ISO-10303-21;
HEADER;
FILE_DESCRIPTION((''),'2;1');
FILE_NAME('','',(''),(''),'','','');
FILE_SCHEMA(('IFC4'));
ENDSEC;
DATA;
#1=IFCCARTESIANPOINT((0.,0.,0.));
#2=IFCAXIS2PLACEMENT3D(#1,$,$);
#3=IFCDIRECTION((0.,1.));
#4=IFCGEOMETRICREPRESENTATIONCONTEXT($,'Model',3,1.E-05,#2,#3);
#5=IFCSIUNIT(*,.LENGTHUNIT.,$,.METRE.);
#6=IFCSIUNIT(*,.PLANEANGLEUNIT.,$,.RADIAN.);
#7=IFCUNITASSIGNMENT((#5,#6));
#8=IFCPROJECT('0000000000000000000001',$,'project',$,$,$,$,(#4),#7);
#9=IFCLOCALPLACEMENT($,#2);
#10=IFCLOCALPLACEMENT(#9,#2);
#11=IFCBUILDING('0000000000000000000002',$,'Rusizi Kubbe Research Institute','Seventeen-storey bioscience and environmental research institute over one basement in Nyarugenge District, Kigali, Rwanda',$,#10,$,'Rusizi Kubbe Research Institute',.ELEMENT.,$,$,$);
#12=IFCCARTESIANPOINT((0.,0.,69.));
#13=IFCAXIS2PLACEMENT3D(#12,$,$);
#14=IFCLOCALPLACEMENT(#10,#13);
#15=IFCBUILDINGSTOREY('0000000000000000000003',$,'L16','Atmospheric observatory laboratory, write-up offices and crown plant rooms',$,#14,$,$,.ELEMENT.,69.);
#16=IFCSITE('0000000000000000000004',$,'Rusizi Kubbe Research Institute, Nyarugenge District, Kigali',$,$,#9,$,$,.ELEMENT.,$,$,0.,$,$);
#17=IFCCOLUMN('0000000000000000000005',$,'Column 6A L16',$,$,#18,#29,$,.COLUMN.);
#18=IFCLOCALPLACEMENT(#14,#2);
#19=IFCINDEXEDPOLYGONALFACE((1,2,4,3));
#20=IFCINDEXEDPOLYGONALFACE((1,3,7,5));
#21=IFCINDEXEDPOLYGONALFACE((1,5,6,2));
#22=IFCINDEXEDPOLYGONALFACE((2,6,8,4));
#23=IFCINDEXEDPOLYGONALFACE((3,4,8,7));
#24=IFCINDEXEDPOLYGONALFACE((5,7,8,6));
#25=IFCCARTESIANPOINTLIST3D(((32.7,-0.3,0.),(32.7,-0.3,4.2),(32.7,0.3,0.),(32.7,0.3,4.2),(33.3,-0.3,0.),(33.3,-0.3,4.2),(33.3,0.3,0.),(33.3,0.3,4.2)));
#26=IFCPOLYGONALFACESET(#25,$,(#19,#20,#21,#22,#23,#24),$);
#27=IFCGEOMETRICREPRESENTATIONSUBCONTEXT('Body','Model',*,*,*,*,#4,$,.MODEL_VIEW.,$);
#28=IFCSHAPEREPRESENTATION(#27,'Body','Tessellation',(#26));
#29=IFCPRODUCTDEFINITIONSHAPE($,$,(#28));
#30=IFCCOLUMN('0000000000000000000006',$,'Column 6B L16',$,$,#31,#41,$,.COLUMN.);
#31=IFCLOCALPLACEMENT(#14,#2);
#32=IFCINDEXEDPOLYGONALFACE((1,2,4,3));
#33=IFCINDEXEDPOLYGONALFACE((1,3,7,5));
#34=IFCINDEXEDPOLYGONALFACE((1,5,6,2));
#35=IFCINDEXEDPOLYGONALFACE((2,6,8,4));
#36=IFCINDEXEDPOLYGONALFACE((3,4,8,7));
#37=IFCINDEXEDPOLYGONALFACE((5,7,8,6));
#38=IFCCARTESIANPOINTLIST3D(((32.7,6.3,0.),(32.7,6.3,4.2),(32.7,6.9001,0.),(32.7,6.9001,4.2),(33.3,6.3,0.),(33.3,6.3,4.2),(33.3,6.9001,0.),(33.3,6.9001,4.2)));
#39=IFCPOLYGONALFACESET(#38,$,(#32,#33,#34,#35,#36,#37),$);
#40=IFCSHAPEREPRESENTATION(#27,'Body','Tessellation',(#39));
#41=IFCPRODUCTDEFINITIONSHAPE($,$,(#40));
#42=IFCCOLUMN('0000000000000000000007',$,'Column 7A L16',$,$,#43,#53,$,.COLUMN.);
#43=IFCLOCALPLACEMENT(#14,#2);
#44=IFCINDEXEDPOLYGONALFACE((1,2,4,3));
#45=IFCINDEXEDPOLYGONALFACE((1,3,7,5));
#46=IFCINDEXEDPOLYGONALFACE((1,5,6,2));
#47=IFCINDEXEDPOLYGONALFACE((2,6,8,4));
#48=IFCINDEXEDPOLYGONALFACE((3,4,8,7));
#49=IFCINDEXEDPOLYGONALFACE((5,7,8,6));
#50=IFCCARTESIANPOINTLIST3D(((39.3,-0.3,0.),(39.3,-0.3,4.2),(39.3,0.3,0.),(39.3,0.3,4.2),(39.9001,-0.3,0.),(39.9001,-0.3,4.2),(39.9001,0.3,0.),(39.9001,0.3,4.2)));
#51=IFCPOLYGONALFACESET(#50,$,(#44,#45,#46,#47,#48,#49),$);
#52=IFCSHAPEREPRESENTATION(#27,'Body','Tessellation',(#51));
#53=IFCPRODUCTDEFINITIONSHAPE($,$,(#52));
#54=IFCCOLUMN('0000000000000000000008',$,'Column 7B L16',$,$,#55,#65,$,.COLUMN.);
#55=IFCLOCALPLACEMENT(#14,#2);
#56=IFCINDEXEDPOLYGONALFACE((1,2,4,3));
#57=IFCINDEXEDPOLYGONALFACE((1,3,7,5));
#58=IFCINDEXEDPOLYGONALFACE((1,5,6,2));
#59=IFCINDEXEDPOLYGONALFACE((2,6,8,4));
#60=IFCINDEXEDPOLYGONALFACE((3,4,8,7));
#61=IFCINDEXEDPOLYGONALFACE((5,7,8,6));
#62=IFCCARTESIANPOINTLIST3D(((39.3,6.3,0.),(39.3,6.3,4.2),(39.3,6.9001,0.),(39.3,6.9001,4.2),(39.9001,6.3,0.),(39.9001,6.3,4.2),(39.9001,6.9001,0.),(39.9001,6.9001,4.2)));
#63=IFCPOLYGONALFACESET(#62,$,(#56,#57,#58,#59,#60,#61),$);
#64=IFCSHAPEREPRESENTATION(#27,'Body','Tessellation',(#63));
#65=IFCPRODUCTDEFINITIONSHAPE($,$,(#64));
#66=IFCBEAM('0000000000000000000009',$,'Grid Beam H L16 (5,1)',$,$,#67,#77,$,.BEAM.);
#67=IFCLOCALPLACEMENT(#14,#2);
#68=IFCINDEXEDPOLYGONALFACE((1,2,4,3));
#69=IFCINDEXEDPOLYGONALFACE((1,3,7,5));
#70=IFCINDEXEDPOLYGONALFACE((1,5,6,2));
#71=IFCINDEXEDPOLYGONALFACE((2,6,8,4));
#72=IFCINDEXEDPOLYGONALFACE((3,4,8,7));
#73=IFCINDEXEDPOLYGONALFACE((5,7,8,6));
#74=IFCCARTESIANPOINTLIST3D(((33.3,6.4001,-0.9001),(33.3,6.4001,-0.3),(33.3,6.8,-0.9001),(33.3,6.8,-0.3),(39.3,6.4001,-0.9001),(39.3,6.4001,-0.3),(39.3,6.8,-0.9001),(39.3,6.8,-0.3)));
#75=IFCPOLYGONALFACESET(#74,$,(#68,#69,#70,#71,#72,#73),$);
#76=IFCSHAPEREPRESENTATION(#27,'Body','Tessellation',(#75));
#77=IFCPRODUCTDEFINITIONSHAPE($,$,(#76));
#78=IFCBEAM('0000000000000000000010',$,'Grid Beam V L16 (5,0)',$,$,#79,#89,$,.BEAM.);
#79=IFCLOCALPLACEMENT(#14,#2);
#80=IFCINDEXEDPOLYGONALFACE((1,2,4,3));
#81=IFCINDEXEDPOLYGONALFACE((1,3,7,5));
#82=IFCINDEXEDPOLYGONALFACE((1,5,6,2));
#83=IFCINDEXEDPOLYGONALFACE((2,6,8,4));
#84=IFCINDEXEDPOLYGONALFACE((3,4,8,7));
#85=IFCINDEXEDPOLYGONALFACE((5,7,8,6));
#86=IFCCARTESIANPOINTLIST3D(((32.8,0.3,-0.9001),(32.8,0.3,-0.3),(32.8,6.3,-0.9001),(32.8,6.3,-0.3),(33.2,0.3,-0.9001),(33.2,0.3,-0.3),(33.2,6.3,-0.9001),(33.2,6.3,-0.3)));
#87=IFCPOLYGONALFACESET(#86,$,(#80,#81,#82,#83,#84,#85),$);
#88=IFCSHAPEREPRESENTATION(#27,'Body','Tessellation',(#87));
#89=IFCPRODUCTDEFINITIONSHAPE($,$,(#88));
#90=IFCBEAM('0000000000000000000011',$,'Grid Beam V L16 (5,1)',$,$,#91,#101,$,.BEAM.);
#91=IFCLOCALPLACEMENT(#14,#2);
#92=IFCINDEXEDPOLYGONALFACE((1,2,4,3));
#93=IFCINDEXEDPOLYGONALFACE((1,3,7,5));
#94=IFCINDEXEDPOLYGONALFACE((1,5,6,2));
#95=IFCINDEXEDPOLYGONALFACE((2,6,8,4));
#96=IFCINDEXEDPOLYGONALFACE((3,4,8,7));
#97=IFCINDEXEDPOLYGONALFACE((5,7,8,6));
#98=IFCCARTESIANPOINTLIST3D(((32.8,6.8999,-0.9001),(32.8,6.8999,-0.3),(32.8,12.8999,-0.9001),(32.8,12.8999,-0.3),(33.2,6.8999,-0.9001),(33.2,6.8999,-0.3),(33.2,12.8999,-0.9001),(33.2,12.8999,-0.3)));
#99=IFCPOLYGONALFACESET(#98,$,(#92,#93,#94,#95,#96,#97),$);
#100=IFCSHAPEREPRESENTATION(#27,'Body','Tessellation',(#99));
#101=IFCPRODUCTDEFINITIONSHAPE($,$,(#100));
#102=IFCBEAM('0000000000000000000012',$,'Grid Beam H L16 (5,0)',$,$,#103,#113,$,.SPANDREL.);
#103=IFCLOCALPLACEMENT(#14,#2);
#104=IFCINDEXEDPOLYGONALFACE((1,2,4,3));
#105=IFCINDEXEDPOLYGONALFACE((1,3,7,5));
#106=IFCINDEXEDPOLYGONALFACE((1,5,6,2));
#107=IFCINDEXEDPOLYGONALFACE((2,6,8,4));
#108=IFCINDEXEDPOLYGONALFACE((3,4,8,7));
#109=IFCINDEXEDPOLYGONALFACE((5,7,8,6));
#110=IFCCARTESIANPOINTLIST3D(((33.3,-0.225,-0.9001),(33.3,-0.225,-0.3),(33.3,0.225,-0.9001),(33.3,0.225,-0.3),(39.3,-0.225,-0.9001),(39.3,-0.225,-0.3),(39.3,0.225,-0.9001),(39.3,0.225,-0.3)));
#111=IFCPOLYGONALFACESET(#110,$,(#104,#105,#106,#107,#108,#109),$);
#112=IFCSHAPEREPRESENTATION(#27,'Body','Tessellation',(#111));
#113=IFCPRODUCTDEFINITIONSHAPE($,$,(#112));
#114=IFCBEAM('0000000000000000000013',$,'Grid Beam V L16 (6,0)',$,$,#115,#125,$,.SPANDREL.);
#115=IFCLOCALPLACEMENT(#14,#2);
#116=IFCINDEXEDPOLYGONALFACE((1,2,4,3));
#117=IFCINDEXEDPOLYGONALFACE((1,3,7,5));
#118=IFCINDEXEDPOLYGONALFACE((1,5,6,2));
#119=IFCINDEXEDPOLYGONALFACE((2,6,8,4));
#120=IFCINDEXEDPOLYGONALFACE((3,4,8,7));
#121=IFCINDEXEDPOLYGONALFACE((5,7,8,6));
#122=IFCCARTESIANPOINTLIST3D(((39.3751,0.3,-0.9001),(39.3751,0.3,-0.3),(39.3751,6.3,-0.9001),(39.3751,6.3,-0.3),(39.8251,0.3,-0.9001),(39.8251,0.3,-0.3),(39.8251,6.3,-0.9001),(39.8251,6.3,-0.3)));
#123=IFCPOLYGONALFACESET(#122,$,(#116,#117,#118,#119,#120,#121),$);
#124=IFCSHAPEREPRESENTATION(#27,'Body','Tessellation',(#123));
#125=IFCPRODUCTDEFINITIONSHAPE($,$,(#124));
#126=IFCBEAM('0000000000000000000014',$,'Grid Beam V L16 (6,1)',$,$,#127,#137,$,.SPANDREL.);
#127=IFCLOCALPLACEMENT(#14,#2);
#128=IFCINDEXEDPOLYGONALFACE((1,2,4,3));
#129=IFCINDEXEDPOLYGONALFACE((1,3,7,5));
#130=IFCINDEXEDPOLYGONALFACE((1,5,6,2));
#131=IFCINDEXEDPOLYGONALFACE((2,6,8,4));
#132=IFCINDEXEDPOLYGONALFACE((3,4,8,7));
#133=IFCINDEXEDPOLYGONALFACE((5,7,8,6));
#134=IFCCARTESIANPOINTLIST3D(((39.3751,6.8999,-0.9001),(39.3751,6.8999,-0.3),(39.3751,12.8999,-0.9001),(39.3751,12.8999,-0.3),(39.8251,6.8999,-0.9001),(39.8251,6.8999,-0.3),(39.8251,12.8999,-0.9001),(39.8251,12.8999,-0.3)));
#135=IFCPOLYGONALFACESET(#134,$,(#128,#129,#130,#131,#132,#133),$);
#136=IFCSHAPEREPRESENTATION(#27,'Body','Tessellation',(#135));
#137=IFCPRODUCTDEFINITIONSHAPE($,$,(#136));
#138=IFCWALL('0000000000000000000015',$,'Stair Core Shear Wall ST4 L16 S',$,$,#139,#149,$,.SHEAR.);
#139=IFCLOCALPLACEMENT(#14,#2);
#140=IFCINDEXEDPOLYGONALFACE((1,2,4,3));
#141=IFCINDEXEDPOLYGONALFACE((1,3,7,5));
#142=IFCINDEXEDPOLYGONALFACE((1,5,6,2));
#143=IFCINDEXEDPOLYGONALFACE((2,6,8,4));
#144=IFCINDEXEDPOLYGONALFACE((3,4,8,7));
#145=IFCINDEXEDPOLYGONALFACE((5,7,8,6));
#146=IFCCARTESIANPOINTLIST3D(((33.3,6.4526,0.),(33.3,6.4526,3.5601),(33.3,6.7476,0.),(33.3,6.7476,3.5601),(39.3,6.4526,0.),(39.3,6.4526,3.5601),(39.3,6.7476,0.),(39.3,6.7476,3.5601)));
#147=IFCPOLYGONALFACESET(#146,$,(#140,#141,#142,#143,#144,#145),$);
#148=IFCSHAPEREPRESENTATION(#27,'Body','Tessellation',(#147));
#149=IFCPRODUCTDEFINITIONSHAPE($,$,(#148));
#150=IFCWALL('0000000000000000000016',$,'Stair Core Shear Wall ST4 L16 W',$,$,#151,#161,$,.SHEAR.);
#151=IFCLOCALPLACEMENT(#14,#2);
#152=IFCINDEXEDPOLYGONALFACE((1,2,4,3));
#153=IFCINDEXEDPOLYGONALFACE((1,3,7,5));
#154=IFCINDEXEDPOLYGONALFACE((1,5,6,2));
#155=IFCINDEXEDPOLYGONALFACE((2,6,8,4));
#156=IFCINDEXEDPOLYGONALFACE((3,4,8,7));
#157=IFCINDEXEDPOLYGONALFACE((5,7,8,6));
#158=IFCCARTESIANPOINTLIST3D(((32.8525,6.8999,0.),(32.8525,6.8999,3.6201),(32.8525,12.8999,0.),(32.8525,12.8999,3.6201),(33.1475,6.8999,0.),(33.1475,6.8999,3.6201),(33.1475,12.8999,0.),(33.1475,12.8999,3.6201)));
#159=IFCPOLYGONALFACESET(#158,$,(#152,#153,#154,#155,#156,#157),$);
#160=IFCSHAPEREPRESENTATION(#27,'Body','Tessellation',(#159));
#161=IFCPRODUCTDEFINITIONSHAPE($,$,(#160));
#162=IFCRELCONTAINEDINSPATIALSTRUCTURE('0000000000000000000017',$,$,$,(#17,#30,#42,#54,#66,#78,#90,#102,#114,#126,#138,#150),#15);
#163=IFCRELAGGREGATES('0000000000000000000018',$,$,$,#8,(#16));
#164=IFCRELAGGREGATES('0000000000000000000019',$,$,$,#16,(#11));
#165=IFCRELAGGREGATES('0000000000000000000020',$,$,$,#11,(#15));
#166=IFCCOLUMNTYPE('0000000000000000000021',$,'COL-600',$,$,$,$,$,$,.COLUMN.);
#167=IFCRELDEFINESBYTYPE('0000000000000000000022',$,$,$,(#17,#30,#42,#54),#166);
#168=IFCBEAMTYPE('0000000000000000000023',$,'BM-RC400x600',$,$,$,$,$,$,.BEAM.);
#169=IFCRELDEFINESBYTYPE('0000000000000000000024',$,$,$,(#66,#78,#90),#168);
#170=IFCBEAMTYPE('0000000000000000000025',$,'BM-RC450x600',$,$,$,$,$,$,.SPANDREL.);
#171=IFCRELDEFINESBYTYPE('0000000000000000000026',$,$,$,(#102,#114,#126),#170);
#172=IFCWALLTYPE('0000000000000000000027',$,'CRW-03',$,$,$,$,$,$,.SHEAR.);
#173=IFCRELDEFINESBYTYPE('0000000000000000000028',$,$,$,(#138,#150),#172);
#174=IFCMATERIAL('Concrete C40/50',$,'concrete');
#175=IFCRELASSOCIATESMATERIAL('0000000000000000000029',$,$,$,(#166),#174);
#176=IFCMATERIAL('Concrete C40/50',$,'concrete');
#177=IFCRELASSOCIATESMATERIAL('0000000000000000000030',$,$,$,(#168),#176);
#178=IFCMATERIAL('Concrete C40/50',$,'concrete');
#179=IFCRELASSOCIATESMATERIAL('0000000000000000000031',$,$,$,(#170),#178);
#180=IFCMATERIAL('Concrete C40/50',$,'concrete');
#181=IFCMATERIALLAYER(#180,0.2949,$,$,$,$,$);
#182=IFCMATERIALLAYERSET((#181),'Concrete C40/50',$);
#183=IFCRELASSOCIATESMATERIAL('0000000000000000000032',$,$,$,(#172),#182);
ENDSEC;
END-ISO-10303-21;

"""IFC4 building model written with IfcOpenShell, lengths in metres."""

from ifc_helpers import new_model, si_unit, direction, frame, frame_2d, origin, origin_2d, place, context, subcontext, project, spatial, rectangle, extrude, material, layer, layer_set, material_profile, profile_set, type_object, element, save


model = new_model("IFC4")

# Units and contexts
model_context = context("Model", 3, precision=1e-05, world=origin(), true_north=direction((0.0, 1.0)))
body_context = subcontext(model_context, "Body", "Model", "MODEL_VIEW")
ifc_project = project(units=[si_unit("LENGTHUNIT", "METRE"), si_unit("PLANEANGLEUNIT", "RADIAN")], contexts=[model_context])

# Site, building, storey
site_placement = place(None, origin())
site = spatial("IfcSite", under=ifc_project, at=site_placement, Name="Rusizi Kubbe Research Institute, Nyarugenge District, Kigali", CompositionType="ELEMENT", RefElevation=0.0)
building_placement = place(site_placement, origin())
building = spatial("IfcBuilding", under=site, at=building_placement, Name="Rusizi Kubbe Research Institute", Description="Seventeen-storey bioscience and environmental research institute over one basement in Nyarugenge District, Kigali, Rwanda", LongName="Rusizi Kubbe Research Institute", CompositionType="ELEMENT")
storey_placement = place(building_placement, frame((0.0, 0.0, 69.0)))
storey = spatial("IfcBuildingStorey", under=building, at=storey_placement, Name="L16", Description="Atmospheric observatory laboratory, write-up offices and crown plant rooms", CompositionType="ELEMENT", Elevation=69.0)

# Columns
ifc_material_1 = material(Name="Concrete C40/50", Category="concrete")
ifc_material_profile_1 = material_profile(ifc_material_1, rectangle(XDim=0.6001, YDim=0.6001, at=origin_2d()), Name="RC600x600")
ifc_profile_set_1 = profile_set([ifc_material_profile_1], Name="Concrete C40/50")
column_type = type_object("IfcColumnType", Name="COL-600", PredefinedType="COLUMN", material=ifc_profile_set_1)
for number, where, z_axis, x_axis, name in (
    (1, (33.0, 0.0, 0.0), (0.0, 0.0, 1.0), (1.0, 0.0, 0.0), "Column 6A L16"),
    (2, (33.0, 6.6001, 0.0), (0.0, 0.0, 1.0), (1.0, 0.0, 0.0), "Column 6B L16"),
    (3, (39.6001, 0.0, 0.0), (0.0, 0.0, 1.0), (1.0, 0.0, 0.0), "Column 7A L16"),
    (4, (39.6001, 6.6001, 0.0), (0.0, 0.0, 1.0), (1.0, 0.0, 0.0), "Column 7B L16"),
):
    element("IfcColumn", number, at=place(storey_placement, frame(where, z_axis=z_axis, x_axis=x_axis)), inside=storey, type_object=column_type, Name=name, PredefinedType="COLUMN", context=body_context, shape_type="SweptSolid", body=[
        extrude(rectangle(XDim=0.6001, YDim=0.6001, at=origin_2d()), origin(), (0.0, 0.0, 1.0), 4.2),
    ])

# Beams
ifc_material_2 = material(Name="Concrete C40/50", Category="concrete")
ifc_material_profile_2 = material_profile(ifc_material_2, rectangle(XDim=0.3999, YDim=0.6001, at=origin_2d()), Name="RC400x600")
ifc_profile_set_2 = profile_set([ifc_material_profile_2], Name="Concrete C40/50")
beam_type_1 = type_object("IfcBeamType", Name="BM-RC400x600", PredefinedType="BEAM", material=ifc_profile_set_2)
for number, where, z_axis, x_axis, name in (
    (5, (33.3, 6.6001, -0.6001), (1.0, 0.0, 0.0), (0.0, 1.0, 0.0), "Grid Beam H L16 (5,1)"),
    (6, (33.0, 0.3, -0.6001), (0.0, 1.0, 0.0), (-1.0, 0.0, 0.0), "Grid Beam V L16 (5,0)"),
    (7, (33.0, 6.8999, -0.6001), (0.0, 1.0, 0.0), (-1.0, 0.0, 0.0), "Grid Beam V L16 (5,1)"),
):
    element("IfcBeam", number, at=place(storey_placement, frame(where, z_axis=z_axis, x_axis=x_axis)), inside=storey, type_object=beam_type_1, Name=name, PredefinedType="BEAM", context=body_context, shape_type="SweptSolid", body=[
        extrude(rectangle(XDim=0.3999, YDim=0.6001, at=origin_2d()), origin(), (0.0, 0.0, 1.0), 6.0),
    ])
ifc_material_3 = material(Name="Concrete C40/50", Category="concrete")
ifc_material_profile_3 = material_profile(ifc_material_3, rectangle(XDim=0.45, YDim=0.6001, at=origin_2d()), Name="RC450x600")
ifc_profile_set_3 = profile_set([ifc_material_profile_3], Name="Concrete C40/50")
beam_type_2 = type_object("IfcBeamType", Name="BM-RC450x600", PredefinedType="SPANDREL", material=ifc_profile_set_3)
for number, where, z_axis, x_axis, name in (
    (8, (33.3, 0.0, -0.6001), (1.0, 0.0, 0.0), (0.0, 1.0, 0.0), "Grid Beam H L16 (5,0)"),
    (9, (39.6001, 0.3, -0.6001), (0.0, 1.0, 0.0), (-1.0, 0.0, 0.0), "Grid Beam V L16 (6,0)"),
    (10, (39.6001, 6.8999, -0.6001), (0.0, 1.0, 0.0), (-1.0, 0.0, 0.0), "Grid Beam V L16 (6,1)"),
):
    element("IfcBeam", number, at=place(storey_placement, frame(where, z_axis=z_axis, x_axis=x_axis)), inside=storey, type_object=beam_type_2, Name=name, PredefinedType="SPANDREL", context=body_context, shape_type="SweptSolid", body=[
        extrude(rectangle(XDim=0.45, YDim=0.6001, at=origin_2d()), origin(), (0.0, 0.0, 1.0), 6.0),
    ])

# Walls
ifc_material_4 = material(Name="Concrete C40/50", Category="concrete")
ifc_layer_1 = layer(ifc_material_4, 0.2949)
ifc_layer_set_1 = layer_set([ifc_layer_1], Name="Concrete C40/50")
wall_type_1 = type_object("IfcWallType", Name="CRW-03", PredefinedType="SHEAR", material=ifc_layer_set_1)
wall_1_placement = place(storey_placement, frame((33.3, 6.6001, 0.0), z_axis=(0.0, 0.0, 1.0), x_axis=(1.0, 0.0, 0.0)))
element("IfcWall", 11, at=wall_1_placement, inside=storey, type_object=wall_type_1, Name="Stair Core Shear Wall ST4 L16 S", PredefinedType="SHEAR", context=body_context, shape_type="SweptSolid", body=[
    extrude(rectangle(XDim=6.0, YDim=0.2949, at=frame_2d((3.0, 0.0))), origin(), (0.0, 0.0, 1.0), 3.5601),
])
wall_2_placement = place(storey_placement, frame((33.0, 6.8999, 0.0), z_axis=(0.0, 0.0, 1.0), x_axis=(0.0, 1.0, 0.0)))
element("IfcWall", 12, at=wall_2_placement, inside=storey, type_object=wall_type_1, Name="Stair Core Shear Wall ST4 L16 W", PredefinedType="SHEAR", context=body_context, shape_type="SweptSolid", body=[
    extrude(rectangle(XDim=6.0, YDim=0.2949, at=frame_2d((3.0, 0.0))), origin(), (0.0, 0.0, 1.0), 3.6201),
])

save(model, "model.ifc")
